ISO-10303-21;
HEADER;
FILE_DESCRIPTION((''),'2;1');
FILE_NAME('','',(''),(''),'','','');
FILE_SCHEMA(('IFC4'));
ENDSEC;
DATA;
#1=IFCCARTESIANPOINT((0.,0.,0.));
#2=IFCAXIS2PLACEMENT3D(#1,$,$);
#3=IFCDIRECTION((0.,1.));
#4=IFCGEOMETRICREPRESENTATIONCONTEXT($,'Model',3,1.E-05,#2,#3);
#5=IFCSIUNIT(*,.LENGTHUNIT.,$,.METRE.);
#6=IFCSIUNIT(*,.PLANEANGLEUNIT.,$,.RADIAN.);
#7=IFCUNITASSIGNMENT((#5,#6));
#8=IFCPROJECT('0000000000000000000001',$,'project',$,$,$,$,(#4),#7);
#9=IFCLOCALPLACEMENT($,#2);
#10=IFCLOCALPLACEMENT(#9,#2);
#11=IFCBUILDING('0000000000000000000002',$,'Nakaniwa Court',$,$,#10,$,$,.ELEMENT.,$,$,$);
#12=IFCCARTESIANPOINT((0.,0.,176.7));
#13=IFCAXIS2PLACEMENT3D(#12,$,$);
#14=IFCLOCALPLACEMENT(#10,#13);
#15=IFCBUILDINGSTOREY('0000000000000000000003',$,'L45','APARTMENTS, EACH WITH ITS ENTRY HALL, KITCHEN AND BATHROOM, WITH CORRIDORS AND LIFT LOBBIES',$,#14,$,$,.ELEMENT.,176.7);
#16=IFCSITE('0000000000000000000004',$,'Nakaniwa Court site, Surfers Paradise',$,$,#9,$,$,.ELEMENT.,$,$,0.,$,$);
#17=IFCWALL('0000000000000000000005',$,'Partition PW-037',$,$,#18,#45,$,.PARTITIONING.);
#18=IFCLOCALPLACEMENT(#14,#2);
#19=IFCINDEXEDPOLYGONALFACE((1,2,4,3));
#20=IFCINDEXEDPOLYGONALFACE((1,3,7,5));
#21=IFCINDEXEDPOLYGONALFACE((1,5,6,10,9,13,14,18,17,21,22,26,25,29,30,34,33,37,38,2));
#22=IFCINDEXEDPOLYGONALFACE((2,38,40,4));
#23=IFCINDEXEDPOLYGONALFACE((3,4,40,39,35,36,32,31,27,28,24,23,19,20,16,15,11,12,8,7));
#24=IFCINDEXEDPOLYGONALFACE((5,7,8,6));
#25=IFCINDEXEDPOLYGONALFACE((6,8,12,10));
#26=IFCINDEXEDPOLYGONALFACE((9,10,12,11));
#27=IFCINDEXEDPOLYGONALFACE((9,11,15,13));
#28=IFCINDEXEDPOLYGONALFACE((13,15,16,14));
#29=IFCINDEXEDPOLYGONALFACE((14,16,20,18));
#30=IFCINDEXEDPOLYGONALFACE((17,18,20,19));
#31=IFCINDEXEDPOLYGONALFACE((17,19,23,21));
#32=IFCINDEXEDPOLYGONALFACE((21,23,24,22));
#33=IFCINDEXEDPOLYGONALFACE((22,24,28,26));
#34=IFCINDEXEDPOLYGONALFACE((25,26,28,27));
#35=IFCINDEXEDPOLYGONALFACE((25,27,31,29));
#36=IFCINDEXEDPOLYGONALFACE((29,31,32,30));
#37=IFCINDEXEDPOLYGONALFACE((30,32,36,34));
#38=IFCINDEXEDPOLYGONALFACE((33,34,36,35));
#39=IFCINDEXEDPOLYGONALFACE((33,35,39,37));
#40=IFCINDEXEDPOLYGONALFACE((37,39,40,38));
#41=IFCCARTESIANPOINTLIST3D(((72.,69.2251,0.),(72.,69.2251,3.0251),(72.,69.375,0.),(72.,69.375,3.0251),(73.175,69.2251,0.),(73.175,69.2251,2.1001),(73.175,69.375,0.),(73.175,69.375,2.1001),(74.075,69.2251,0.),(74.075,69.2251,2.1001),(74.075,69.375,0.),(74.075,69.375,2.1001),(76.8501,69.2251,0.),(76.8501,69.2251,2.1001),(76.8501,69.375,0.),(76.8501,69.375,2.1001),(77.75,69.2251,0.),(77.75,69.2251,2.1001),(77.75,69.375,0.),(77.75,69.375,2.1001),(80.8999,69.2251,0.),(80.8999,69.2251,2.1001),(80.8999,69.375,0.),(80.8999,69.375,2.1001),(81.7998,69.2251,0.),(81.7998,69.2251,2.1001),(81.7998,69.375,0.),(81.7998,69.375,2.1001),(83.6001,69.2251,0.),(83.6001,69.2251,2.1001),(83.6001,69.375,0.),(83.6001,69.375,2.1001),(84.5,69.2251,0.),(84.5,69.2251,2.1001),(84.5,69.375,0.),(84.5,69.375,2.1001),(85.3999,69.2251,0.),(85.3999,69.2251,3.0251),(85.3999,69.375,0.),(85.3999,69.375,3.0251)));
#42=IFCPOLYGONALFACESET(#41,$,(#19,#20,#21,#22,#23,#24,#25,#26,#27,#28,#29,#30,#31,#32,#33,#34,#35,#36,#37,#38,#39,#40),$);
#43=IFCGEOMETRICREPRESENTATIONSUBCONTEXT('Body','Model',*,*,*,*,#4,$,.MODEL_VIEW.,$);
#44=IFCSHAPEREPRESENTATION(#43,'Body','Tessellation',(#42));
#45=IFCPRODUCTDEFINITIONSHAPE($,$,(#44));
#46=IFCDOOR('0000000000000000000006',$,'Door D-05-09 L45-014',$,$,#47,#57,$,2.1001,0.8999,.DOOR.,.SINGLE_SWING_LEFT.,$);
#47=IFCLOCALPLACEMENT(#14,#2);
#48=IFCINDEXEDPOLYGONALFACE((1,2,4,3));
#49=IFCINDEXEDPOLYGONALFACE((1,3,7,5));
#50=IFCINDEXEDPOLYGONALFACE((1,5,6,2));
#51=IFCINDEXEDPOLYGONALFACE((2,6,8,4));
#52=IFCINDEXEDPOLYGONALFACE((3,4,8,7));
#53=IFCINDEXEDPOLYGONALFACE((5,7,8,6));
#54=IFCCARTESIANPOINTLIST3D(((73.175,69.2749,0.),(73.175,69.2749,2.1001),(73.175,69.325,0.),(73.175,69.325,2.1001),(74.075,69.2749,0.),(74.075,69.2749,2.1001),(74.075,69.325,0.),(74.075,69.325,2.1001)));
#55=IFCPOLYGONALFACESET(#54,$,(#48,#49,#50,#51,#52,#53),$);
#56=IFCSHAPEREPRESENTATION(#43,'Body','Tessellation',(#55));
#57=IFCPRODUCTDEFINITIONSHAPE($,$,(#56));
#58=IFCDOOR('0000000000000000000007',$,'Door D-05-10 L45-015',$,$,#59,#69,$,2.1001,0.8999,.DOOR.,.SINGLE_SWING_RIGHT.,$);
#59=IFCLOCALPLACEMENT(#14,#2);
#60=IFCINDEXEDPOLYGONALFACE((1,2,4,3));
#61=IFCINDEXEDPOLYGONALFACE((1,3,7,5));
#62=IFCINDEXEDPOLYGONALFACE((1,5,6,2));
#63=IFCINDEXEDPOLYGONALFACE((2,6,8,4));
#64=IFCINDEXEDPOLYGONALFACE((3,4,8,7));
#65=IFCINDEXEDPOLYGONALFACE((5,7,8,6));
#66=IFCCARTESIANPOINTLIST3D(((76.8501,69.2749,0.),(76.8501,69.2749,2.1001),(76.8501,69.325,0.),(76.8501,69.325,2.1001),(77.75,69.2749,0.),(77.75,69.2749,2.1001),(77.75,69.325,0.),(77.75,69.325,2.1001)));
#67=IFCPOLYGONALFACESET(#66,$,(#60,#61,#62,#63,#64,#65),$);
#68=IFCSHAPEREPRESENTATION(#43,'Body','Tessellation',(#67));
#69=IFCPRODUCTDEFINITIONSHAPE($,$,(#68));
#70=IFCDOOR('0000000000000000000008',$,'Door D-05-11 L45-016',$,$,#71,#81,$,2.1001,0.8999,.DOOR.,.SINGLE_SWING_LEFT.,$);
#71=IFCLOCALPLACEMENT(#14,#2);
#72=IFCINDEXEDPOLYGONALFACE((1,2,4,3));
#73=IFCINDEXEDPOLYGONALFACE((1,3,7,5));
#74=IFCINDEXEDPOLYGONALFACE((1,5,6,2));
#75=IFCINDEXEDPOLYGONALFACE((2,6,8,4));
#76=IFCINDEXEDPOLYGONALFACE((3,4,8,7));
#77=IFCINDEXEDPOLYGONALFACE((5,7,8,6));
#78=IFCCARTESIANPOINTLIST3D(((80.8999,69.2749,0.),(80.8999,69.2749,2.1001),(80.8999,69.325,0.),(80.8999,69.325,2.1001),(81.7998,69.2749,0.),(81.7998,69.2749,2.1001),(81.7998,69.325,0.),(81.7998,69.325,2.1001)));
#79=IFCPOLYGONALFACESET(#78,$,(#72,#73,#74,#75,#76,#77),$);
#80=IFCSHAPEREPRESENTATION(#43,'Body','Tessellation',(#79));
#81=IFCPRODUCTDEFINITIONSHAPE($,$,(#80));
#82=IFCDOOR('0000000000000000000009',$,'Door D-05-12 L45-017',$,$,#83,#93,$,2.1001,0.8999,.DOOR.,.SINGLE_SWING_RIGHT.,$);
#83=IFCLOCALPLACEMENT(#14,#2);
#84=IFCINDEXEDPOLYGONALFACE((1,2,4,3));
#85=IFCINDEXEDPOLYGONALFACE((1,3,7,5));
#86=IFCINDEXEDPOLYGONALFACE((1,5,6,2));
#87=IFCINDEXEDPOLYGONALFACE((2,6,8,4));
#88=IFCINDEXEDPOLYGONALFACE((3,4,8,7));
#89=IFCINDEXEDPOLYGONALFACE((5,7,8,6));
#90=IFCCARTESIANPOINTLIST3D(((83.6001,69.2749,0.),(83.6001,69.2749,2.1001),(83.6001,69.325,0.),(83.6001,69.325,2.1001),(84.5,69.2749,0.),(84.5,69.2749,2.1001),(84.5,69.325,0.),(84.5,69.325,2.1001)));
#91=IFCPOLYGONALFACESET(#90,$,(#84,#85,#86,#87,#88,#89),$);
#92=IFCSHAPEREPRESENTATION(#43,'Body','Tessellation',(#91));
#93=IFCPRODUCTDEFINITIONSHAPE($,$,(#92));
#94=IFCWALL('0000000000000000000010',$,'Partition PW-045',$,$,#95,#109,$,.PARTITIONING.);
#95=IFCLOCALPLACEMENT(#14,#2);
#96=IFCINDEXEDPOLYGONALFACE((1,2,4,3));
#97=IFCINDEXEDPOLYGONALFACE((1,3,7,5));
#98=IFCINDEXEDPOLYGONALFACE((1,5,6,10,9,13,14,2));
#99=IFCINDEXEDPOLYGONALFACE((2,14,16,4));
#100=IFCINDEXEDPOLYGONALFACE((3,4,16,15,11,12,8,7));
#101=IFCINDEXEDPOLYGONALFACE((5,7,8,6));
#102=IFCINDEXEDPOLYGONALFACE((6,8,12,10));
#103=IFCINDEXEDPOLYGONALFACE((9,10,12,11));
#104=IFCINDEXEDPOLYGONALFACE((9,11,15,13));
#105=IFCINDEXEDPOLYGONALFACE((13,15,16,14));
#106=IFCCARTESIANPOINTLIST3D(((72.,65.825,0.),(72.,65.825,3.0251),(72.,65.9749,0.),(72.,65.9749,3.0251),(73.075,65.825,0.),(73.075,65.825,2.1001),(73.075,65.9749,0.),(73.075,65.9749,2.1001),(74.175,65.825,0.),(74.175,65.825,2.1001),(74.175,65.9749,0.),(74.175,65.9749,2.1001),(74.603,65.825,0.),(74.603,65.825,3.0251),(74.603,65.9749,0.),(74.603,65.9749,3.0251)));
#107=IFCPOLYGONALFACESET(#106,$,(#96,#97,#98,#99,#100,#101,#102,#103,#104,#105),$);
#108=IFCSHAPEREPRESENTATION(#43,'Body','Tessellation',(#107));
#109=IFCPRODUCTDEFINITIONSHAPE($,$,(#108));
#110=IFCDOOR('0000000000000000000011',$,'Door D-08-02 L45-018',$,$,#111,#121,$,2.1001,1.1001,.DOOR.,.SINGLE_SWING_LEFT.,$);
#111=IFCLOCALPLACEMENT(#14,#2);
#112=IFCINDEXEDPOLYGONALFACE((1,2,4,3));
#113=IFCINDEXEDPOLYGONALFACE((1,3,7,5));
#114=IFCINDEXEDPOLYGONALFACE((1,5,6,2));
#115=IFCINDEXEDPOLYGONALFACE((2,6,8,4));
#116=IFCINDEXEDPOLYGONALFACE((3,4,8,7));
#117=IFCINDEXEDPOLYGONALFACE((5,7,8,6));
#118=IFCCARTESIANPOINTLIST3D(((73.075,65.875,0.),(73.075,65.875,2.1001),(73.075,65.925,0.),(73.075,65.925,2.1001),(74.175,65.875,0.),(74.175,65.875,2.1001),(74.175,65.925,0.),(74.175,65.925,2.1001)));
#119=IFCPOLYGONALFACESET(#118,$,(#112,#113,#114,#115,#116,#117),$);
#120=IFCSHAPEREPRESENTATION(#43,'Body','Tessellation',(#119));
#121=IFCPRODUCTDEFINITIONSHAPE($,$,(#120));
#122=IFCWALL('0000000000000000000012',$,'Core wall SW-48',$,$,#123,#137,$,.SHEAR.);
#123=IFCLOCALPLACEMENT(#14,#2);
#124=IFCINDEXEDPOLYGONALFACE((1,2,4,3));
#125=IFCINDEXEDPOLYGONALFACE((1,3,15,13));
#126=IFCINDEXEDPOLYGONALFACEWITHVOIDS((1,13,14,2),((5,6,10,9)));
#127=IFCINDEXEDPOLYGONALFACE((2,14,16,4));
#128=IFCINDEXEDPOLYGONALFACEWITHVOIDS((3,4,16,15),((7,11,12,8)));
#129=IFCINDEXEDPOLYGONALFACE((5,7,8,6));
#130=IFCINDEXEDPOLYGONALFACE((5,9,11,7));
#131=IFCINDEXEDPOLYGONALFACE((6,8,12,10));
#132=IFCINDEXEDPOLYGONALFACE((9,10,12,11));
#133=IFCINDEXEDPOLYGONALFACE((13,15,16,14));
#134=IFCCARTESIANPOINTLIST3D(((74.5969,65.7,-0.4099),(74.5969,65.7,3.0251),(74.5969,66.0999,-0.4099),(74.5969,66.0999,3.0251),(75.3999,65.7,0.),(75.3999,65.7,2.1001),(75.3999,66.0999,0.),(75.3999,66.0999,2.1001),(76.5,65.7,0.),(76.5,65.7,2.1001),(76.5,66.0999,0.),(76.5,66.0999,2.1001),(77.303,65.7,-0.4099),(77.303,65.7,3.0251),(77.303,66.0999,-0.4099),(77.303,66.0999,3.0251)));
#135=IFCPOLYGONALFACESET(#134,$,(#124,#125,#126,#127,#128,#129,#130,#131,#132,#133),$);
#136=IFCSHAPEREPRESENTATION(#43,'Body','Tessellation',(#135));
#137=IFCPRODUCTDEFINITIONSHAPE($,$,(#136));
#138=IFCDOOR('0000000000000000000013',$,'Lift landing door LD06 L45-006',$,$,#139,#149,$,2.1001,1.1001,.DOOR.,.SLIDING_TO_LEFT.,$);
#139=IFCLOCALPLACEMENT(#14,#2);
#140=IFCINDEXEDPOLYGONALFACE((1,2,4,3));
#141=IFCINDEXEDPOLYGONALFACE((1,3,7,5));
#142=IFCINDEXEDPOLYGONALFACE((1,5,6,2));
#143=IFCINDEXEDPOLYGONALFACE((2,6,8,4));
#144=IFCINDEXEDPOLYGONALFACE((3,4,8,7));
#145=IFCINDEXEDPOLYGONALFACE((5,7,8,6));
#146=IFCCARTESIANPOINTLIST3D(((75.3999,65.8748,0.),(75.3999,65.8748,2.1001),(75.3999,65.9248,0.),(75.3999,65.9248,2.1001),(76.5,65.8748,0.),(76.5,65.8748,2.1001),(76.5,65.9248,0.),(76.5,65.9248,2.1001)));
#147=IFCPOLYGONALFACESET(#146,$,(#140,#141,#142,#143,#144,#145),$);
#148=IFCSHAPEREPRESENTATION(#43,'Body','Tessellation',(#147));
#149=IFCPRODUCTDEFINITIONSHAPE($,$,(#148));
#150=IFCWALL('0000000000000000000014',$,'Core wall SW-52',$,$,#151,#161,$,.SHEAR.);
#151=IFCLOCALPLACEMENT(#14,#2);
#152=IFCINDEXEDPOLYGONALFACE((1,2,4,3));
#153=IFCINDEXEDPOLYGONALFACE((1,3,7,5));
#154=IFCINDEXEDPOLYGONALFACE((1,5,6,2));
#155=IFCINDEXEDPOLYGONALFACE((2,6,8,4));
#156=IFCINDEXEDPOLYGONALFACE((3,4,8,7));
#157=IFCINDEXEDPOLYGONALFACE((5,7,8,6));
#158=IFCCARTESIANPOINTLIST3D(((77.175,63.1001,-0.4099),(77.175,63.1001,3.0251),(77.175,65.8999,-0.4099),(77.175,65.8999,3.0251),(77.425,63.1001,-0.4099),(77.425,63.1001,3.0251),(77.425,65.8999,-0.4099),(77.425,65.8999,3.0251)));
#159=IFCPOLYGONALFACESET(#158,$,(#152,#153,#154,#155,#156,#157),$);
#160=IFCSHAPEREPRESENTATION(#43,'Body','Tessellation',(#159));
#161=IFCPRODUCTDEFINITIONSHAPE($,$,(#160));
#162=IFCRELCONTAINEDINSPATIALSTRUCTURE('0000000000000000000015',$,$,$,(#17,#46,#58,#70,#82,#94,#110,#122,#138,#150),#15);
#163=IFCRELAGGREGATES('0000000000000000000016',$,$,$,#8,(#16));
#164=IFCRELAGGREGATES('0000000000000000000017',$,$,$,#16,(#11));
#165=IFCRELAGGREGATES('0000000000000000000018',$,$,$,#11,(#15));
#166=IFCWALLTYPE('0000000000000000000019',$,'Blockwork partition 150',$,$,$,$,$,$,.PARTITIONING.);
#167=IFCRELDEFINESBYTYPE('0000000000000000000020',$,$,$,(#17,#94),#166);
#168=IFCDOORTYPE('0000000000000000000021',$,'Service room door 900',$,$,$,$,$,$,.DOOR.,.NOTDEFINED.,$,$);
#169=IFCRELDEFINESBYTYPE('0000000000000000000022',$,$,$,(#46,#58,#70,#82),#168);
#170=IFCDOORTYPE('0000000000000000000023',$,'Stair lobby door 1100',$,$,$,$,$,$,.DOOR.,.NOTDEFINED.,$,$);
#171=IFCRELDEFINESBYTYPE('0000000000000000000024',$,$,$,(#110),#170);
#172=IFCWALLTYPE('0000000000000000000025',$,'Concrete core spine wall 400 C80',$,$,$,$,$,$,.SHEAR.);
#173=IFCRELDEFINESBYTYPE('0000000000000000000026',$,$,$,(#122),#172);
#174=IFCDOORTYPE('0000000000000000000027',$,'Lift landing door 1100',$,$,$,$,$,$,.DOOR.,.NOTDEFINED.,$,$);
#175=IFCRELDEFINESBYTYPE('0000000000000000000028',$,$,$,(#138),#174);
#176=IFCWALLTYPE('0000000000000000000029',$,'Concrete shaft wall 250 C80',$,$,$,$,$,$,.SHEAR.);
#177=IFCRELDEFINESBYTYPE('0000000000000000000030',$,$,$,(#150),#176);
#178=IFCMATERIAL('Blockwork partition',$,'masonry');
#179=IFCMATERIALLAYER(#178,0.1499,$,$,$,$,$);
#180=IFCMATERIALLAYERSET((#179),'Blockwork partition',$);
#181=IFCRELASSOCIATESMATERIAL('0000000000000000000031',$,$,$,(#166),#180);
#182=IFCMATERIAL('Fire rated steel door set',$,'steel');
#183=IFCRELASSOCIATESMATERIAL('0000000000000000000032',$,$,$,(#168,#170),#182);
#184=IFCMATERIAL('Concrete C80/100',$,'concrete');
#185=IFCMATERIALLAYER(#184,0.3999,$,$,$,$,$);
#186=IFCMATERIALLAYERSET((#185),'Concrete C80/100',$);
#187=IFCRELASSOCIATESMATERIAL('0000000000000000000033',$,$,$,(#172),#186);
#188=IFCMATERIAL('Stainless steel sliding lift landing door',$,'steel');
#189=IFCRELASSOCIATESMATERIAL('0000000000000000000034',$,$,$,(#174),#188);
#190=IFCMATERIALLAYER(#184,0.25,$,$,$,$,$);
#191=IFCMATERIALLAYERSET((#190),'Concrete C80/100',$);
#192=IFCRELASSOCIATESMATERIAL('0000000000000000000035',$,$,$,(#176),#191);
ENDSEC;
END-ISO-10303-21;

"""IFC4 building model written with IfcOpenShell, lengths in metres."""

from ifc_helpers import new_model, si_unit, direction, frame, frame_2d, origin, place, context, subcontext, project, spatial, rectangle, extrude, material, layer, layer_set, type_object, element, fill, save


model = new_model("IFC4")

# Units and contexts
model_context = context("Model", 3, precision=1e-05, world=origin(), true_north=direction((0.0, 1.0)))
body_context = subcontext(model_context, "Body", "Model", "MODEL_VIEW")
ifc_project = project(units=[si_unit("LENGTHUNIT", "METRE"), si_unit("PLANEANGLEUNIT", "RADIAN")], contexts=[model_context])

# Site, building, storey
site_placement = place(None, origin())
site = spatial("IfcSite", under=ifc_project, at=site_placement, Name="Nakaniwa Court site, Surfers Paradise", CompositionType="ELEMENT", RefElevation=0.0)
building_placement = place(site_placement, origin())
building = spatial("IfcBuilding", under=site, at=building_placement, Name="Nakaniwa Court", CompositionType="ELEMENT")
storey_placement = place(building_placement, frame((0.0, 0.0, 176.7)))
storey = spatial("IfcBuildingStorey", under=building, at=storey_placement, Name="L45", Description="APARTMENTS, EACH WITH ITS ENTRY HALL, KITCHEN AND BATHROOM, WITH CORRIDORS AND LIFT LOBBIES", CompositionType="ELEMENT", Elevation=176.7)

# Shared definitions
ifc_material_1 = material(Name="Concrete C80/100", Category="concrete")

# Wall, openings, doors
ifc_material_2 = material(Name="Blockwork partition", Category="masonry")
ifc_layer_1 = layer(ifc_material_2, 0.1499)
ifc_layer_set_1 = layer_set([ifc_layer_1], Name="Blockwork partition")
wall_type_1 = type_object("IfcWallType", Name="Blockwork partition 150", PredefinedType="PARTITIONING", material=ifc_layer_set_1)
wall_1_placement = place(storey_placement, frame((72.0, 69.3, 0.0), z_axis=(0.0, 0.0, 1.0), x_axis=(1.0, 0.0, 0.0)))
wall_1 = element("IfcWall", 1, at=wall_1_placement, inside=storey, type_object=wall_type_1, Name="Partition PW-037", PredefinedType="PARTITIONING", context=body_context, shape_type="SweptSolid", body=[
    extrude(rectangle(XDim=13.3999, YDim=0.1499, at=frame_2d((6.7, 0.0))), origin(), (0.0, 0.0, 1.0), 3.0251),
])
opening_1_placement = place(wall_1_placement, frame((1.175, 0.0, 0.0)))
opening_1 = element("IfcOpeningElement", 2, at=opening_1_placement, cuts=wall_1, PredefinedType="OPENING", context=body_context, shape_type="SweptSolid", body=[
    extrude(rectangle(XDim=0.8999, YDim=2.1001, at=frame_2d((0.45, 1.05))), frame((0.0, 0.085, 0.0), z_axis=(0.0, -1.0, 0.0), x_axis=(1.0, 0.0, 0.0)), (0.0, 0.0, 1.0), 0.1699),
])
opening_2_placement = place(wall_1_placement, frame((4.8501, 0.0, 0.0)))
opening_2 = element("IfcOpeningElement", 3, at=opening_2_placement, cuts=wall_1, PredefinedType="OPENING", context=body_context, shape_type="SweptSolid", body=[
    extrude(rectangle(XDim=0.8999, YDim=2.1001, at=frame_2d((0.45, 1.05))), frame((0.0, 0.085, 0.0), z_axis=(0.0, -1.0, 0.0), x_axis=(1.0, 0.0, 0.0)), (0.0, 0.0, 1.0), 0.1699),
])
opening_3_placement = place(wall_1_placement, frame((8.8999, 0.0, 0.0)))
opening_3 = element("IfcOpeningElement", 4, at=opening_3_placement, cuts=wall_1, PredefinedType="OPENING", context=body_context, shape_type="SweptSolid", body=[
    extrude(rectangle(XDim=0.8999, YDim=2.1001, at=frame_2d((0.45, 1.05))), frame((0.0, 0.085, 0.0), z_axis=(0.0, -1.0, 0.0), x_axis=(1.0, 0.0, 0.0)), (0.0, 0.0, 1.0), 0.1699),
])
opening_4_placement = place(wall_1_placement, frame((11.6001, 0.0, 0.0)))
opening_4 = element("IfcOpeningElement", 5, at=opening_4_placement, cuts=wall_1, PredefinedType="OPENING", context=body_context, shape_type="SweptSolid", body=[
    extrude(rectangle(XDim=0.8999, YDim=2.1001, at=frame_2d((0.45, 1.05))), frame((0.0, 0.085, 0.0), z_axis=(0.0, -1.0, 0.0), x_axis=(1.0, 0.0, 0.0)), (0.0, 0.0, 1.0), 0.1699),
])
ifc_material_3 = material(Name="Fire rated steel door set", Category="steel")
door_type_1 = type_object("IfcDoorType", Name="Service room door 900", OperationType="NOTDEFINED", PredefinedType="DOOR", material=ifc_material_3)
door_1_placement = place(opening_1_placement, origin())
door_1 = element("IfcDoor", 6, at=door_1_placement, inside=storey, type_object=door_type_1, Name="Door D-05-09 L45-014", OperationType="SINGLE_SWING_LEFT", OverallHeight=2.1001, OverallWidth=0.8999, PredefinedType="DOOR", context=body_context, shape_type="SweptSolid", body=[
    extrude(rectangle(XDim=0.8999, YDim=2.1001, at=frame_2d((0.45, 1.05))), frame((0.0, 0.0249, 0.0), z_axis=(0.0, -1.0, 0.0), x_axis=(1.0, 0.0, 0.0)), (0.0, 0.0, 1.0), 0.05),
])
fill(opening_1, door_1)
door_2_placement = place(opening_2_placement, origin())
door_2 = element("IfcDoor", 7, at=door_2_placement, inside=storey, type_object=door_type_1, Name="Door D-05-10 L45-015", OperationType="SINGLE_SWING_RIGHT", OverallHeight=2.1001, OverallWidth=0.8999, PredefinedType="DOOR", context=body_context, shape_type="SweptSolid", body=[
    extrude(rectangle(XDim=0.8999, YDim=2.1001, at=frame_2d((0.45, 1.05))), frame((0.0, 0.0249, 0.0), z_axis=(0.0, -1.0, 0.0), x_axis=(1.0, 0.0, 0.0)), (0.0, 0.0, 1.0), 0.05),
])
fill(opening_2, door_2)
door_3_placement = place(opening_3_placement, origin())
door_3 = element("IfcDoor", 8, at=door_3_placement, inside=storey, type_object=door_type_1, Name="Door D-05-11 L45-016", OperationType="SINGLE_SWING_LEFT", OverallHeight=2.1001, OverallWidth=0.8999, PredefinedType="DOOR", context=body_context, shape_type="SweptSolid", body=[
    extrude(rectangle(XDim=0.8999, YDim=2.1001, at=frame_2d((0.45, 1.05))), frame((0.0, 0.0249, 0.0), z_axis=(0.0, -1.0, 0.0), x_axis=(1.0, 0.0, 0.0)), (0.0, 0.0, 1.0), 0.05),
])
fill(opening_3, door_3)
door_4_placement = place(opening_4_placement, origin())
door_4 = element("IfcDoor", 9, at=door_4_placement, inside=storey, type_object=door_type_1, Name="Door D-05-12 L45-017", OperationType="SINGLE_SWING_RIGHT", OverallHeight=2.1001, OverallWidth=0.8999, PredefinedType="DOOR", context=body_context, shape_type="SweptSolid", body=[
    extrude(rectangle(XDim=0.8999, YDim=2.1001, at=frame_2d((0.45, 1.05))), frame((0.0, 0.0249, 0.0), z_axis=(0.0, -1.0, 0.0), x_axis=(1.0, 0.0, 0.0)), (0.0, 0.0, 1.0), 0.05),
])
fill(opening_4, door_4)

# Walls, openings, doors
wall_2_placement = place(storey_placement, frame((74.603, 65.8999, 0.0), z_axis=(0.0, 0.0, 1.0), x_axis=(-1.0, 0.0, 0.0)))
wall_2 = element("IfcWall", 10, at=wall_2_placement, inside=storey, type_object=wall_type_1, Name="Partition PW-045", PredefinedType="PARTITIONING", context=body_context, shape_type="SweptSolid", body=[
    extrude(rectangle(XDim=2.603, YDim=0.1499, at=frame_2d((1.3015, 0.0))), origin(), (0.0, 0.0, 1.0), 3.0251),
])
opening_5_placement = place(wall_2_placement, frame((0.428, 0.0, 0.0)))
opening_5 = element("IfcOpeningElement", 11, at=opening_5_placement, cuts=wall_2, PredefinedType="OPENING", context=body_context, shape_type="SweptSolid", body=[
    extrude(rectangle(XDim=1.1001, YDim=2.1001, at=frame_2d((0.55, 1.05))), frame((0.0, 0.085, 0.0), z_axis=(0.0, -1.0, 0.0), x_axis=(1.0, 0.0, 0.0)), (0.0, 0.0, 1.0), 0.1699),
])
door_type_2 = type_object("IfcDoorType", Name="Stair lobby door 1100", OperationType="NOTDEFINED", PredefinedType="DOOR", material=ifc_material_3)
door_5_placement = place(opening_5_placement, origin())
door_5 = element("IfcDoor", 12, at=door_5_placement, inside=storey, type_object=door_type_2, Name="Door D-08-02 L45-018", OperationType="SINGLE_SWING_LEFT", OverallHeight=2.1001, OverallWidth=1.1001, PredefinedType="DOOR", context=body_context, shape_type="SweptSolid", body=[
    extrude(rectangle(XDim=1.1001, YDim=2.1001, at=frame_2d((0.55, 1.05))), frame((0.0, 0.0249, 0.0), z_axis=(0.0, -1.0, 0.0), x_axis=(1.0, 0.0, 0.0)), (0.0, 0.0, 1.0), 0.05),
])
fill(opening_5, door_5)
ifc_layer_2 = layer(ifc_material_1, 0.3999)
ifc_layer_set_2 = layer_set([ifc_layer_2], Name="Concrete C80/100")
wall_type_2 = type_object("IfcWallType", Name="Concrete core spine wall 400 C80", PredefinedType="SHEAR", material=ifc_layer_set_2)
wall_3_placement = place(storey_placement, frame((74.5969, 65.8999, -0.4099), z_axis=(0.0, 0.0, 1.0), x_axis=(1.0, 0.0, 0.0)))
wall_3 = element("IfcWall", 13, at=wall_3_placement, inside=storey, type_object=wall_type_2, Name="Core wall SW-48", PredefinedType="SHEAR", context=body_context, shape_type="SweptSolid", body=[
    extrude(rectangle(XDim=2.7061, YDim=0.3999, at=frame_2d((1.353, 0.0))), origin(), (0.0, 0.0, 1.0), 3.4351),
])
opening_6_placement = place(wall_3_placement, frame((0.803, 0.0, 0.4099)))
opening_6 = element("IfcOpeningElement", 14, at=opening_6_placement, cuts=wall_3, PredefinedType="OPENING", context=body_context, shape_type="SweptSolid", body=[
    extrude(rectangle(XDim=1.1001, YDim=2.1001, at=frame_2d((0.55, 1.05))), frame((0.0, 0.21, 0.0), z_axis=(0.0, -1.0, 0.0), x_axis=(1.0, 0.0, 0.0)), (0.0, 0.0, 1.0), 0.4199),
])
ifc_material_4 = material(Name="Stainless steel sliding lift landing door", Category="steel")
door_type_3 = type_object("IfcDoorType", Name="Lift landing door 1100", OperationType="NOTDEFINED", PredefinedType="DOOR", material=ifc_material_4)
door_6_placement = place(opening_6_placement, origin())
door_6 = element("IfcDoor", 15, at=door_6_placement, inside=storey, type_object=door_type_3, Name="Lift landing door LD06 L45-006", OperationType="SLIDING_TO_LEFT", OverallHeight=2.1001, OverallWidth=1.1001, PredefinedType="DOOR", context=body_context, shape_type="SweptSolid", body=[
    extrude(rectangle(XDim=1.1001, YDim=2.1001, at=frame_2d((0.55, 1.05))), frame((0.0, 0.0249, 0.0), z_axis=(0.0, -1.0, 0.0), x_axis=(1.0, 0.0, 0.0)), (0.0, 0.0, 1.0), 0.05),
])
fill(opening_6, door_6)

# Wall
ifc_layer_3 = layer(ifc_material_1, 0.25)
ifc_layer_set_3 = layer_set([ifc_layer_3], Name="Concrete C80/100")
wall_type_3 = type_object("IfcWallType", Name="Concrete shaft wall 250 C80", PredefinedType="SHEAR", material=ifc_layer_set_3)
wall_4_placement = place(storey_placement, frame((77.3, 63.1001, -0.4099), z_axis=(0.0, 0.0, 1.0), x_axis=(0.0, 1.0, 0.0)))
element("IfcWall", 16, at=wall_4_placement, inside=storey, type_object=wall_type_3, Name="Core wall SW-52", PredefinedType="SHEAR", context=body_context, shape_type="SweptSolid", body=[
    extrude(rectangle(XDim=2.7998, YDim=0.25, at=frame_2d((1.3999, 0.0))), origin(), (0.0, 0.0, 1.0), 3.4351),
])

save(model, "model.ifc")
